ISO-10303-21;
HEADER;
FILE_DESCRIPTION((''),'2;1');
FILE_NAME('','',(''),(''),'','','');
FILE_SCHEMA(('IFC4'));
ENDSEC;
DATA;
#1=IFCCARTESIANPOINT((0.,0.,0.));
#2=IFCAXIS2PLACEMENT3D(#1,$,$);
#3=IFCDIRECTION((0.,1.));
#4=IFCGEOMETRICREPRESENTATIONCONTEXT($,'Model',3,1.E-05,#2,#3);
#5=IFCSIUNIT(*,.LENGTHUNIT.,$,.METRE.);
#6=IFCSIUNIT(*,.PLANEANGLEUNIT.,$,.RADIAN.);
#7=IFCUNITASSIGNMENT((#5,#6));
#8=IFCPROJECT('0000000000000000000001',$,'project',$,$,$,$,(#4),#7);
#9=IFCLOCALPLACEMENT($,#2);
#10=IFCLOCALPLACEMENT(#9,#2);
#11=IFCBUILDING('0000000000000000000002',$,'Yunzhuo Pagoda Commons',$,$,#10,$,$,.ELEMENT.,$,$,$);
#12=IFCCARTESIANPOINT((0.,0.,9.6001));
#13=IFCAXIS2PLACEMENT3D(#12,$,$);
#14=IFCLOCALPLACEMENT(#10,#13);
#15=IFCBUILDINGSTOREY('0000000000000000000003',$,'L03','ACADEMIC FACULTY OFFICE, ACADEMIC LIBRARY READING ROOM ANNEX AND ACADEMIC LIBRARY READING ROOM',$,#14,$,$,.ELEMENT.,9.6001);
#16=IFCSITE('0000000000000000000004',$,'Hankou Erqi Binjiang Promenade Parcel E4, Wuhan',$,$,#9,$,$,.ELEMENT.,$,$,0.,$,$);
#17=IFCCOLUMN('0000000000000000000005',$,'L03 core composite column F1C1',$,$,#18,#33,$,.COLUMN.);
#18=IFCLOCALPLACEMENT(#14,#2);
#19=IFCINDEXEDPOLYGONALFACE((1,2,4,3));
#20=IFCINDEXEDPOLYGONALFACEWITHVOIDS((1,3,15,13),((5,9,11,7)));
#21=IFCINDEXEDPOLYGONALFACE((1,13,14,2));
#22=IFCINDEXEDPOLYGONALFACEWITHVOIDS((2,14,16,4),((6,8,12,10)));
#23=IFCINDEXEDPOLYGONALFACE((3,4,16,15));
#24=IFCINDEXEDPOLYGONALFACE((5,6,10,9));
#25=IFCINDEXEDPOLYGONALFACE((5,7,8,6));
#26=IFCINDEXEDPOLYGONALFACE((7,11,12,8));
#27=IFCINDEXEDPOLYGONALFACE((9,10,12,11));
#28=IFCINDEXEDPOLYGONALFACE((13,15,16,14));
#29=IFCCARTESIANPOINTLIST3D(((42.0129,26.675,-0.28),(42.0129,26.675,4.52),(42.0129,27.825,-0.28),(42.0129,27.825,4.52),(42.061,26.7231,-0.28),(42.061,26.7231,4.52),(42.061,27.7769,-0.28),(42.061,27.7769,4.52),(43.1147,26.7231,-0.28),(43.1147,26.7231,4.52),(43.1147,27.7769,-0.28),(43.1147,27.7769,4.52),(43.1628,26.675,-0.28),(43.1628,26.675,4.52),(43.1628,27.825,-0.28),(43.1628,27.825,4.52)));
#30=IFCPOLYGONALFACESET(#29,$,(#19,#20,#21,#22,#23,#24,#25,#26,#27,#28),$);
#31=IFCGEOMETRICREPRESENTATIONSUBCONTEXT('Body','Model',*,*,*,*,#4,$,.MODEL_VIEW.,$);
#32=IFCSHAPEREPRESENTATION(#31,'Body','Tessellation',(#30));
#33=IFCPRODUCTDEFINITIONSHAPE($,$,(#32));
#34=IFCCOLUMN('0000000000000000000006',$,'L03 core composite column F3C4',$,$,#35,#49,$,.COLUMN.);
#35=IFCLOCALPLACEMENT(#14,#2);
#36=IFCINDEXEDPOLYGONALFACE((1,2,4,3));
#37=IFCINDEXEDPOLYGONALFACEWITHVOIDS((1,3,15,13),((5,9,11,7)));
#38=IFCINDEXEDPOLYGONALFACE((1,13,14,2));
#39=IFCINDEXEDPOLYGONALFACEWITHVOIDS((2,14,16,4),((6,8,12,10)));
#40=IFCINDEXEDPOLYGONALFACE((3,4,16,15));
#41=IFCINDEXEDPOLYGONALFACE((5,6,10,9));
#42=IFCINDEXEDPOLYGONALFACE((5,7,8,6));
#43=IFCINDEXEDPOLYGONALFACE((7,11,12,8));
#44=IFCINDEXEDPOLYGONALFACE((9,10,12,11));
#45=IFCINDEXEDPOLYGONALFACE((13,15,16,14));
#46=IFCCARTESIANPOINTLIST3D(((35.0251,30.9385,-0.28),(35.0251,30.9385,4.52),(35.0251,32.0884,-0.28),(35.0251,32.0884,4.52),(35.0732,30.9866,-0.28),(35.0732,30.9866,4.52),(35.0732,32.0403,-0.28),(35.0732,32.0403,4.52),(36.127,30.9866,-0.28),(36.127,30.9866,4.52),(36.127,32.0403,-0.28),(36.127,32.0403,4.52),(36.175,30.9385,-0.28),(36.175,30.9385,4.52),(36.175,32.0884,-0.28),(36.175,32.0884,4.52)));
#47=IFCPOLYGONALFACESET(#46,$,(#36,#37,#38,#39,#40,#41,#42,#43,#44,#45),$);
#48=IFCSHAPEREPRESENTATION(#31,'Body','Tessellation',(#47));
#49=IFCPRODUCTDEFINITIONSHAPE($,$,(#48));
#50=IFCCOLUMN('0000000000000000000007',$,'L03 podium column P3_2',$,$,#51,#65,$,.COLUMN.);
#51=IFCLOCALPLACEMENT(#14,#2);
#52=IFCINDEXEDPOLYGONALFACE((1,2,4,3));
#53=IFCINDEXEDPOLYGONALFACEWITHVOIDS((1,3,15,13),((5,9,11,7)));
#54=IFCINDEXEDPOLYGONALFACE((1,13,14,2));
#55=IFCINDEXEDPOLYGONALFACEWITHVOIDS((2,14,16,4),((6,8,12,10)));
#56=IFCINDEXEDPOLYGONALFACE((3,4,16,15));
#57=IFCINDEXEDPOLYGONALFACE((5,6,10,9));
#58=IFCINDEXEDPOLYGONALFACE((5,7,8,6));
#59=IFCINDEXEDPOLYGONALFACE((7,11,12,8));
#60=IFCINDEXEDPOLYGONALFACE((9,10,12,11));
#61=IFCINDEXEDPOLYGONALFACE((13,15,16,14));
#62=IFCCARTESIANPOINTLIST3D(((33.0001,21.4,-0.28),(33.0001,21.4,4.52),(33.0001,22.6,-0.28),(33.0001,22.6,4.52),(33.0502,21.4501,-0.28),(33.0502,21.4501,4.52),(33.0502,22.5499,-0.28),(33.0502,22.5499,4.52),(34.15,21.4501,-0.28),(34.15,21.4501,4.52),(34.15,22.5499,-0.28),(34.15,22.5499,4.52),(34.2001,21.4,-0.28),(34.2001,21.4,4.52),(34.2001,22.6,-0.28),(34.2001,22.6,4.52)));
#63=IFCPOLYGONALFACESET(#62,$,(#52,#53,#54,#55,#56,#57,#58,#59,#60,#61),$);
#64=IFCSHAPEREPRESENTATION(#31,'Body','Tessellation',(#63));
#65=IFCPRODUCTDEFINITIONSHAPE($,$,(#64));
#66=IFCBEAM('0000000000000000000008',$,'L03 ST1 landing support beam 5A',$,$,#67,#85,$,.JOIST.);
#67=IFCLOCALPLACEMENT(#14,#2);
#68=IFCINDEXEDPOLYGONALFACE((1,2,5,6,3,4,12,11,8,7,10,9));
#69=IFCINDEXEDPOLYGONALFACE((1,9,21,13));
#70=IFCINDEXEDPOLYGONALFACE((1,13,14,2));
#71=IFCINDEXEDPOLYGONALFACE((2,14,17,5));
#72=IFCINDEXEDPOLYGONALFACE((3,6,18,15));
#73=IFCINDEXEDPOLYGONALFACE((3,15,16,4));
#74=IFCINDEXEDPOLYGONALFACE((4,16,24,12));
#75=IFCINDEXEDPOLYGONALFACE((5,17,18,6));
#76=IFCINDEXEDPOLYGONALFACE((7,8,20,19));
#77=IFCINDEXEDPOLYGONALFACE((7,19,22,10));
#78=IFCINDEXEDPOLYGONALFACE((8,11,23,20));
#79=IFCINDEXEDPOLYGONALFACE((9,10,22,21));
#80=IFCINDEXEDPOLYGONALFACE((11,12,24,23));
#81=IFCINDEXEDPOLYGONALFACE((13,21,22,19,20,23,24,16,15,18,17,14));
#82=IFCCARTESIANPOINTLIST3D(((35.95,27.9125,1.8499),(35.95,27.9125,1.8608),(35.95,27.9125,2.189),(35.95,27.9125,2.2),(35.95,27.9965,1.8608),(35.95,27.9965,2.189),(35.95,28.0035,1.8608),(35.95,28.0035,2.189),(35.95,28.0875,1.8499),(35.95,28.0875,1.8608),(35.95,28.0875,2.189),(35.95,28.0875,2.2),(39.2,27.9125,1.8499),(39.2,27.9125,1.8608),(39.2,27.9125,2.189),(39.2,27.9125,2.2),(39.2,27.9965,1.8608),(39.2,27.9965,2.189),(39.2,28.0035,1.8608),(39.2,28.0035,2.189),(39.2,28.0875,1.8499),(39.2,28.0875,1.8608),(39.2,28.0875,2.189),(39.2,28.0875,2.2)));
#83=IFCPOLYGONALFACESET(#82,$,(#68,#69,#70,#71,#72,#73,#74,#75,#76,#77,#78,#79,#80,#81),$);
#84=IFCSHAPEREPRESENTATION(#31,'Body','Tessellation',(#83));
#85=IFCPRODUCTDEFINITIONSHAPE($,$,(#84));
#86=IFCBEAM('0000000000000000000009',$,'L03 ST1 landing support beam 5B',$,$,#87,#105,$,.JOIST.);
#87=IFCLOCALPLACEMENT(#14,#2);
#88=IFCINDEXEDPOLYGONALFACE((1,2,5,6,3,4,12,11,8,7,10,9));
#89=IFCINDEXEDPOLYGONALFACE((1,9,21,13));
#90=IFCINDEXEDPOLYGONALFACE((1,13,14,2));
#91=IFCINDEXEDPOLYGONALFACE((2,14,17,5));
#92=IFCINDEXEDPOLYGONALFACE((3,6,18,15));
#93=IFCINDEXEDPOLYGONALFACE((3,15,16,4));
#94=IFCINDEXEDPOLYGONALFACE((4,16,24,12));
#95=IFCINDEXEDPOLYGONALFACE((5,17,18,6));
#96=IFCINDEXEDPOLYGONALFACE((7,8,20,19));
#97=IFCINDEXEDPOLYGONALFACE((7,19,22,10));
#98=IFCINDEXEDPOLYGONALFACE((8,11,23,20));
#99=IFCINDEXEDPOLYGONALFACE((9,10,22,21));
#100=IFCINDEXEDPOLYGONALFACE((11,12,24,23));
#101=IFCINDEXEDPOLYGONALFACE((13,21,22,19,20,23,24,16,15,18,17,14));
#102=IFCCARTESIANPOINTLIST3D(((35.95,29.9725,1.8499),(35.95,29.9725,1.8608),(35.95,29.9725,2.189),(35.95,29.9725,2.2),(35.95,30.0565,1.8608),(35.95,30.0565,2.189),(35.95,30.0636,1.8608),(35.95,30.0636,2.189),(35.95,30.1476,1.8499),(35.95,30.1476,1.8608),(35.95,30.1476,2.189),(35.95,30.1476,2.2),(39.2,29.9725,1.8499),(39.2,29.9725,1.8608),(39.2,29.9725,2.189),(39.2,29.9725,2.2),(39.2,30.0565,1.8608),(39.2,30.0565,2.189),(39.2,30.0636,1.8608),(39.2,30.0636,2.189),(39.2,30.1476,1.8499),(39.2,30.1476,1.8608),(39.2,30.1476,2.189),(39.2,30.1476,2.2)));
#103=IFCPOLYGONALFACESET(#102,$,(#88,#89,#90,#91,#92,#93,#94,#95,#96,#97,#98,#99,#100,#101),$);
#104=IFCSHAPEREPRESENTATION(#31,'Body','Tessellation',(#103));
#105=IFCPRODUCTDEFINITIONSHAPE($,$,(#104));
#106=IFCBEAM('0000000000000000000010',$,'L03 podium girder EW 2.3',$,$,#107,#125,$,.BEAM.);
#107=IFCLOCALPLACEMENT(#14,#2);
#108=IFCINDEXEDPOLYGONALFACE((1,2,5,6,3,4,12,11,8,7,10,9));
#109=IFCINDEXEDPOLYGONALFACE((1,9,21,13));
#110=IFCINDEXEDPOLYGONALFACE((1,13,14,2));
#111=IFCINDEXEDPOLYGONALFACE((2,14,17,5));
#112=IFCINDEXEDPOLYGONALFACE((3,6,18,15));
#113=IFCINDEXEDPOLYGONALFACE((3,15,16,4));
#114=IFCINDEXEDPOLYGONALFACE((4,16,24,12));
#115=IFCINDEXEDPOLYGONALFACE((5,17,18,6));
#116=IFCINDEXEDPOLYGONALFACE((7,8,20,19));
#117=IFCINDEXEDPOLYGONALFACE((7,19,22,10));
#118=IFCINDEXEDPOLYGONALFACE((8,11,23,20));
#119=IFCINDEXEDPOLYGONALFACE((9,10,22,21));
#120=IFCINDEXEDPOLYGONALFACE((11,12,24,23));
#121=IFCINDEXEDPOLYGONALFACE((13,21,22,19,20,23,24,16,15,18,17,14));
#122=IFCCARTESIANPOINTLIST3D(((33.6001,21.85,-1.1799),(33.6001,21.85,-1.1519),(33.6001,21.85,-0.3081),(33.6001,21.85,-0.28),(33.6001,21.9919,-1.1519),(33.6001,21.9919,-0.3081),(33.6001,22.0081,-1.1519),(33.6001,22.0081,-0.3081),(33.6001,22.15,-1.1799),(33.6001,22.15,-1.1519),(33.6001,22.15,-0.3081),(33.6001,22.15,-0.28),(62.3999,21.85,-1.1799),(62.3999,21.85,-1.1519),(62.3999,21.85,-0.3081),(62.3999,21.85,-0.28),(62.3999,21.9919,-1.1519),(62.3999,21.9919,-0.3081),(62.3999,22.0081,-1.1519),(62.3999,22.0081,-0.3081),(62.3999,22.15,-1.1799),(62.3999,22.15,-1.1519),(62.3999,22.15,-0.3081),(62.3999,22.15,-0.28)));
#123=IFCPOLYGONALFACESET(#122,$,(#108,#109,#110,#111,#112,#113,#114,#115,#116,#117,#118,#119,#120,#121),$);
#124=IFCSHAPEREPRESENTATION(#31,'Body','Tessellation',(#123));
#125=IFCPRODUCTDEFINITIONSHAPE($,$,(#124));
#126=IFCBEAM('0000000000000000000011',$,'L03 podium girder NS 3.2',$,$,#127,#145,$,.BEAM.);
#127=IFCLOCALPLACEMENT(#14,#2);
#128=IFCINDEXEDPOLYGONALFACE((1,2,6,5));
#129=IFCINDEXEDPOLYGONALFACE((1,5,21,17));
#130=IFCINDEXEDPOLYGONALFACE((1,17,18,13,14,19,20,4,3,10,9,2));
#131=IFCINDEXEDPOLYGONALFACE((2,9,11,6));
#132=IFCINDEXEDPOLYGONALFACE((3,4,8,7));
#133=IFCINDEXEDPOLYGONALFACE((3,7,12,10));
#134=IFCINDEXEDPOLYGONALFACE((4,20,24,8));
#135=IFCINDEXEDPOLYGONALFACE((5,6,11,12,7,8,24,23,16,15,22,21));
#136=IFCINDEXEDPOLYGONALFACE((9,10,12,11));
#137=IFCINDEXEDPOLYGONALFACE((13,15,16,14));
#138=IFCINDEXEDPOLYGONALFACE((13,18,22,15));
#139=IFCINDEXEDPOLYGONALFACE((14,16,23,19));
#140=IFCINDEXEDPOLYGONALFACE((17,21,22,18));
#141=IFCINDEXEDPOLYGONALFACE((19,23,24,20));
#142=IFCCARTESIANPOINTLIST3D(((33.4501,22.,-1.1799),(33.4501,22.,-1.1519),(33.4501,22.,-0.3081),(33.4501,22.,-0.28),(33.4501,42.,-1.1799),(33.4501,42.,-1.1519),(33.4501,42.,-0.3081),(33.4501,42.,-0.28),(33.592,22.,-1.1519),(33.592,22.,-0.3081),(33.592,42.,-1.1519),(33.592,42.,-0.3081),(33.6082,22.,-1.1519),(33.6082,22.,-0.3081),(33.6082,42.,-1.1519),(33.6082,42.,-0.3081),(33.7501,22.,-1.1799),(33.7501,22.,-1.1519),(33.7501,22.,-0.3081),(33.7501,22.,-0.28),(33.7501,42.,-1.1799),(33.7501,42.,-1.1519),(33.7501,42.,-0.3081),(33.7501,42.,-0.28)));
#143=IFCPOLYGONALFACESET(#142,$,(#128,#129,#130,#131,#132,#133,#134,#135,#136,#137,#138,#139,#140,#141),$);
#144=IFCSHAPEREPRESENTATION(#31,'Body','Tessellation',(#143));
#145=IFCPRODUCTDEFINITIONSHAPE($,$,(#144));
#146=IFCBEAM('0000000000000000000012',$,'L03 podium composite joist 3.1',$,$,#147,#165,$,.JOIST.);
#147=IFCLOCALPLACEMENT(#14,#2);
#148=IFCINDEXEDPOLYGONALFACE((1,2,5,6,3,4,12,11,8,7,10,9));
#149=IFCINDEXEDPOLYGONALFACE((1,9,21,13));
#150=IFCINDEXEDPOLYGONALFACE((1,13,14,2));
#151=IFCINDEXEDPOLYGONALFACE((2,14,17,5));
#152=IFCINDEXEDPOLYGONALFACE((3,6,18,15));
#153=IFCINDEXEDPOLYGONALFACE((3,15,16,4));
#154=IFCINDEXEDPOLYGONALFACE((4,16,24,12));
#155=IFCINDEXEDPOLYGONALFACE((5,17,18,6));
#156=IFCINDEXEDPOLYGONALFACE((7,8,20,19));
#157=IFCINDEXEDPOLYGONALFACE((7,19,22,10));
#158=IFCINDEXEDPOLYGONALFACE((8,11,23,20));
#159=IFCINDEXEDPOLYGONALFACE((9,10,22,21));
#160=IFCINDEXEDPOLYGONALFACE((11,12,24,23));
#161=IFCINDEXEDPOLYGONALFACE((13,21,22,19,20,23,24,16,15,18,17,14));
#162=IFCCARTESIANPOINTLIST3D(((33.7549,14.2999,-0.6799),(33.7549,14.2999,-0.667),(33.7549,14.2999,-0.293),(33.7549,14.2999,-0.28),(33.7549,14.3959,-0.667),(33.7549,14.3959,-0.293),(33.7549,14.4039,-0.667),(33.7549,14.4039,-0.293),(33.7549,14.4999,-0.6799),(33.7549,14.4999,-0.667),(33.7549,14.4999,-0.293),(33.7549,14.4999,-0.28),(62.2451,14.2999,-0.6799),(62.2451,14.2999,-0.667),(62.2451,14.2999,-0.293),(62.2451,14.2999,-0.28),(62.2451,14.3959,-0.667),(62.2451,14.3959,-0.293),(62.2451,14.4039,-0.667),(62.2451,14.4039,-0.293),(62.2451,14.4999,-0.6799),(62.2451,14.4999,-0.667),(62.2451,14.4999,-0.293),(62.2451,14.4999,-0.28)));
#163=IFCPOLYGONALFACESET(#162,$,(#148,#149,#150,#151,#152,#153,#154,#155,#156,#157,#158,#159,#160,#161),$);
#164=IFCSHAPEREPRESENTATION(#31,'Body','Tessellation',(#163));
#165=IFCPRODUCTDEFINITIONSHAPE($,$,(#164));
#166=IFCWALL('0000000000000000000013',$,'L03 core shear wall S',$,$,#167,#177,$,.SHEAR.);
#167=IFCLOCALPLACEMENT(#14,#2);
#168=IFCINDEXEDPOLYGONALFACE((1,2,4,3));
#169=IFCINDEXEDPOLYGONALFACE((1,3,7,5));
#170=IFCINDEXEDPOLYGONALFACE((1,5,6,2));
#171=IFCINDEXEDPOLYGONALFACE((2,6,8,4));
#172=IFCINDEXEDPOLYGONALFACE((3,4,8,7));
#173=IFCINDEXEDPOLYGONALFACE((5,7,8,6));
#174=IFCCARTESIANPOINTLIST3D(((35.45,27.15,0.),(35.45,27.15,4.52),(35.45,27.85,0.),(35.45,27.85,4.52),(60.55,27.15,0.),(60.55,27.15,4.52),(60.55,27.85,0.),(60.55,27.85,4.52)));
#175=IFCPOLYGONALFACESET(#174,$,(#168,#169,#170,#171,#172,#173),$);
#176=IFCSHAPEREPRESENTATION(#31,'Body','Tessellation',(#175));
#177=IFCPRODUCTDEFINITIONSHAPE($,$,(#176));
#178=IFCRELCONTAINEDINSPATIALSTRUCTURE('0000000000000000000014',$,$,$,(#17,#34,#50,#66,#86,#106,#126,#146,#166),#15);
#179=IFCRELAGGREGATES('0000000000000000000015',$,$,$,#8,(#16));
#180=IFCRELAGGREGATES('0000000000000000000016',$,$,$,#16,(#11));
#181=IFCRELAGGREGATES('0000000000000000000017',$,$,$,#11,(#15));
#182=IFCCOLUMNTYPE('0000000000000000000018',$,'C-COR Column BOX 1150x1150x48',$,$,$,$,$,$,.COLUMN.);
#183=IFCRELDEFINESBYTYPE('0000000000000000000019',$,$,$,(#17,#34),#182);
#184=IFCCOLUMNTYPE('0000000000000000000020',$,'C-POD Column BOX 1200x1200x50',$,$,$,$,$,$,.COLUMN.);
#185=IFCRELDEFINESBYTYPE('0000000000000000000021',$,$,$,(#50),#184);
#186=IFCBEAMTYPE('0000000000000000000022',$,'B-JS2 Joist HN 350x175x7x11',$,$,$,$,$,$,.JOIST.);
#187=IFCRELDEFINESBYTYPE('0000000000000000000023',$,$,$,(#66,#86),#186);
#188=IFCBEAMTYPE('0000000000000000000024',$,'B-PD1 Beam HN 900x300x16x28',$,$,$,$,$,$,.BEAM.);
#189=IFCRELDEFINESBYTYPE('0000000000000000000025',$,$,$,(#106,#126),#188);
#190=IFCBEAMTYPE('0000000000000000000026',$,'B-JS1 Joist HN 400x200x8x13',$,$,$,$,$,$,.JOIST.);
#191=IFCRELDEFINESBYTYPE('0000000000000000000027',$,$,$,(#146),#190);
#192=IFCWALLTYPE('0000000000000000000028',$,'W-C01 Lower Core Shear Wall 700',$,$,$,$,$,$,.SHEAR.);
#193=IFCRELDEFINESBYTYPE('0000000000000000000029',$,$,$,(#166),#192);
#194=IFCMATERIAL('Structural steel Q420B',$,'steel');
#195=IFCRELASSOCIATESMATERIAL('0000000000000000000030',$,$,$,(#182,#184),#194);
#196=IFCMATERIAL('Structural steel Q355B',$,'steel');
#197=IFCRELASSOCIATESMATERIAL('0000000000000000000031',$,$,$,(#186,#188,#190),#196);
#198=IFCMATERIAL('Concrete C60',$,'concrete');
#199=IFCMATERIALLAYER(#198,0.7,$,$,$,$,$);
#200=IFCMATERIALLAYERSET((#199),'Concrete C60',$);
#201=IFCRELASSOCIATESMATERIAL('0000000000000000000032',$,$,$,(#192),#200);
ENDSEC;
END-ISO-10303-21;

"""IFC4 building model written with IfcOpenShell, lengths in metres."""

from ifc_helpers import new_model, si_unit, direction, frame, frame_2d, origin, origin_2d, place, context, subcontext, project, spatial, rectangle, hollow_rectangle, i_section, extrude, source, transform, mapped, material, layer, layer_set, material_profile, profile_set, type_object, element, save


model = new_model("IFC4")

# Units and contexts
model_context = context("Model", 3, precision=1e-05, world=origin(), true_north=direction((0.0, 1.0)))
body_context = subcontext(model_context, "Body", "Model", "MODEL_VIEW")
ifc_project = project(units=[si_unit("LENGTHUNIT", "METRE"), si_unit("PLANEANGLEUNIT", "RADIAN")], contexts=[model_context])

# Site, building, storey
site_placement = place(None, origin())
site = spatial("IfcSite", under=ifc_project, at=site_placement, Name="Hankou Erqi Binjiang Promenade Parcel E4, Wuhan", CompositionType="ELEMENT", RefElevation=0.0)
building_placement = place(site_placement, origin())
building = spatial("IfcBuilding", under=site, at=building_placement, Name="Yunzhuo Pagoda Commons", CompositionType="ELEMENT")
storey_placement = place(building_placement, frame((0.0, 0.0, 9.6001)))
storey = spatial("IfcBuildingStorey", under=building, at=storey_placement, Name="L03", Description="ACADEMIC FACULTY OFFICE, ACADEMIC LIBRARY READING ROOM ANNEX AND ACADEMIC LIBRARY READING ROOM", CompositionType="ELEMENT", Elevation=9.6001)

# Columns
ifc_material_1 = material(Name="Structural steel Q420B", Category="steel")
ifc_material_profile_1 = material_profile(ifc_material_1, hollow_rectangle(XDim=1.1499, YDim=1.1499, WallThickness=0.0481, at=origin_2d()), Name="Structural steel Q420B")
ifc_profile_set_1 = profile_set([ifc_material_profile_1], Name="Structural steel Q420B")
column_type_1 = type_object("IfcColumnType", Name="C-COR Column BOX 1150x1150x48", PredefinedType="COLUMN", material=ifc_profile_set_1)
shared_shape_1 = source(origin(), body_context, "Body", "SweptSolid", [
    extrude(hollow_rectangle(XDim=1.1499, YDim=1.1499, WallThickness=0.0481, at=origin_2d()), origin(), (0.0, 0.0, 1.0), 4.8),
])
for number, where, z_axis, x_axis, name in (
    (1, (42.5879, 27.25, -0.28), (0.0, 0.0, 1.0), (1.0, 0.0, 0.0), "L03 core composite column F1C1"),
    (2, (35.6001, 31.5134, -0.28), (0.0, 0.0, 1.0), (1.0, 0.0, 0.0), "L03 core composite column F3C4"),
):
    element("IfcColumn", number, at=place(storey_placement, frame(where, z_axis=z_axis, x_axis=x_axis)), inside=storey, type_object=column_type_1, Name=name, PredefinedType="COLUMN", context=body_context, shape_type="MappedRepresentation", body=[
        mapped(shared_shape_1, transform((0.0, 0.0, 0.0), scale=1.0)),
    ])
ifc_material_profile_2 = material_profile(ifc_material_1, hollow_rectangle(XDim=1.2, YDim=1.2, WallThickness=0.05, at=origin_2d()), Name="Structural steel Q420B")
ifc_profile_set_2 = profile_set([ifc_material_profile_2], Name="Structural steel Q420B")
column_type_2 = type_object("IfcColumnType", Name="C-POD Column BOX 1200x1200x50", PredefinedType="COLUMN", material=ifc_profile_set_2)
shared_shape_2 = source(origin(), body_context, "Body", "SweptSolid", [
    extrude(hollow_rectangle(XDim=1.2, YDim=1.2, WallThickness=0.05, at=origin_2d()), origin(), (0.0, 0.0, 1.0), 4.8),
])
column_placement = place(storey_placement, frame((33.6001, 22.0, -0.28), z_axis=(0.0, 0.0, 1.0), x_axis=(1.0, 0.0, 0.0)))
element("IfcColumn", 3, at=column_placement, inside=storey, type_object=column_type_2, Name="L03 podium column P3_2", PredefinedType="COLUMN", context=body_context, shape_type="MappedRepresentation", body=[
    mapped(shared_shape_2, transform((0.0, 0.0, 0.0), scale=1.0)),
])

# Beams
ifc_material_2 = material(Name="Structural steel Q355B", Category="steel")
ifc_material_profile_3 = material_profile(ifc_material_2, i_section(OverallWidth=0.175, OverallDepth=0.3501, WebThickness=0.0071, FlangeThickness=0.011, at=origin_2d()), Name="Structural steel Q355B")
ifc_profile_set_3 = profile_set([ifc_material_profile_3], Name="Structural steel Q355B")
beam_type_1 = type_object("IfcBeamType", Name="B-JS2 Joist HN 350x175x7x11", PredefinedType="JOIST", material=ifc_profile_set_3)
shared_shape_3 = source(origin(), body_context, "Body", "SweptSolid", [
    extrude(i_section(OverallWidth=0.175, OverallDepth=0.3501, WebThickness=0.0071, FlangeThickness=0.011, at=origin_2d()), origin(), (0.0, 0.0, 1.0), 3.25),
])
for number, where, z_axis, x_axis, name in (
    (4, (35.95, 28.0, 2.0249), (1.0, 0.0, 0.0), (0.0, 1.0, 0.0), "L03 ST1 landing support beam 5A"),
    (5, (35.95, 30.0601, 2.0249), (1.0, 0.0, 0.0), (0.0, 1.0, 0.0), "L03 ST1 landing support beam 5B"),
):
    element("IfcBeam", number, at=place(storey_placement, frame(where, z_axis=z_axis, x_axis=x_axis)), inside=storey, type_object=beam_type_1, Name=name, PredefinedType="JOIST", context=body_context, shape_type="MappedRepresentation", body=[
        mapped(shared_shape_3, transform((0.0, 0.0, 0.0), scale=1.0)),
    ])
ifc_material_profile_4 = material_profile(ifc_material_2, i_section(OverallWidth=0.3, OverallDepth=0.8999, WebThickness=0.0161, FlangeThickness=0.0281, at=origin_2d()), Name="Structural steel Q355B")
ifc_profile_set_4 = profile_set([ifc_material_profile_4], Name="Structural steel Q355B")
beam_type_2 = type_object("IfcBeamType", Name="B-PD1 Beam HN 900x300x16x28", PredefinedType="BEAM", material=ifc_profile_set_4)
shared_shape_4 = source(origin(), body_context, "Body", "SweptSolid", [
    extrude(i_section(OverallWidth=0.3, OverallDepth=0.8999, WebThickness=0.0161, FlangeThickness=0.0281, at=origin_2d()), origin(), (0.0, 0.0, 1.0), 28.7998),
])
beam_1_placement = place(storey_placement, frame((33.6001, 22.0, -0.73), z_axis=(1.0, 0.0, 0.0), x_axis=(0.0, 1.0, 0.0)))
element("IfcBeam", 6, at=beam_1_placement, inside=storey, type_object=beam_type_2, Name="L03 podium girder EW 2.3", PredefinedType="BEAM", context=body_context, shape_type="MappedRepresentation", body=[
    mapped(shared_shape_4, transform((0.0, 0.0, 0.0), scale=1.0)),
])
shared_shape_5 = source(origin(), body_context, "Body", "SweptSolid", [
    extrude(i_section(OverallWidth=0.3, OverallDepth=0.8999, WebThickness=0.0161, FlangeThickness=0.0281, at=origin_2d()), origin(), (0.0, 0.0, 1.0), 20.0),
])
beam_2_placement = place(storey_placement, frame((33.6001, 22.0, -0.73), z_axis=(0.0, 1.0, 0.0), x_axis=(-1.0, 0.0, 0.0)))
element("IfcBeam", 7, at=beam_2_placement, inside=storey, type_object=beam_type_2, Name="L03 podium girder NS 3.2", PredefinedType="BEAM", context=body_context, shape_type="MappedRepresentation", body=[
    mapped(shared_shape_5, transform((0.0, 0.0, 0.0), scale=1.0)),
])
ifc_material_profile_5 = material_profile(ifc_material_2, i_section(OverallWidth=0.2, OverallDepth=0.3999, WebThickness=0.0081, FlangeThickness=0.0129, at=origin_2d()), Name="Structural steel Q355B")
ifc_profile_set_5 = profile_set([ifc_material_profile_5], Name="Structural steel Q355B")
beam_type_3 = type_object("IfcBeamType", Name="B-JS1 Joist HN 400x200x8x13", PredefinedType="JOIST", material=ifc_profile_set_5)
shared_shape_6 = source(origin(), body_context, "Body", "SweptSolid", [
    extrude(i_section(OverallWidth=0.2, OverallDepth=0.3999, WebThickness=0.0081, FlangeThickness=0.0129, at=origin_2d()), origin(), (0.0, 0.0, 1.0), 28.4902),
])
beam_3_placement = place(storey_placement, frame((33.7549, 14.3999, -0.48), z_axis=(1.0, 0.0, 0.0), x_axis=(0.0, 1.0, 0.0)))
element("IfcBeam", 8, at=beam_3_placement, inside=storey, type_object=beam_type_3, Name="L03 podium composite joist 3.1", PredefinedType="JOIST", context=body_context, shape_type="MappedRepresentation", body=[
    mapped(shared_shape_6, transform((0.0, 0.0, 0.0), scale=1.0)),
])

# Wall
ifc_material_3 = material(Name="Concrete C60", Category="concrete")
ifc_layer_1 = layer(ifc_material_3, 0.7)
ifc_layer_set_1 = layer_set([ifc_layer_1], Name="Concrete C60")
wall_type_1 = type_object("IfcWallType", Name="W-C01 Lower Core Shear Wall 700", PredefinedType="SHEAR", material=ifc_layer_set_1)
wall_1_placement = place(storey_placement, frame((35.45, 27.5, 0.0), z_axis=(0.0, 0.0, 1.0), x_axis=(1.0, 0.0, 0.0)))
element("IfcWall", 9, at=wall_1_placement, inside=storey, type_object=wall_type_1, Name="L03 core shear wall S", PredefinedType="SHEAR", context=body_context, shape_type="SweptSolid", body=[
    extrude(rectangle(XDim=25.1001, YDim=0.7, at=frame_2d((12.55, 0.0))), origin(), (0.0, 0.0, 1.0), 4.52),
])

save(model, "model.ifc")
